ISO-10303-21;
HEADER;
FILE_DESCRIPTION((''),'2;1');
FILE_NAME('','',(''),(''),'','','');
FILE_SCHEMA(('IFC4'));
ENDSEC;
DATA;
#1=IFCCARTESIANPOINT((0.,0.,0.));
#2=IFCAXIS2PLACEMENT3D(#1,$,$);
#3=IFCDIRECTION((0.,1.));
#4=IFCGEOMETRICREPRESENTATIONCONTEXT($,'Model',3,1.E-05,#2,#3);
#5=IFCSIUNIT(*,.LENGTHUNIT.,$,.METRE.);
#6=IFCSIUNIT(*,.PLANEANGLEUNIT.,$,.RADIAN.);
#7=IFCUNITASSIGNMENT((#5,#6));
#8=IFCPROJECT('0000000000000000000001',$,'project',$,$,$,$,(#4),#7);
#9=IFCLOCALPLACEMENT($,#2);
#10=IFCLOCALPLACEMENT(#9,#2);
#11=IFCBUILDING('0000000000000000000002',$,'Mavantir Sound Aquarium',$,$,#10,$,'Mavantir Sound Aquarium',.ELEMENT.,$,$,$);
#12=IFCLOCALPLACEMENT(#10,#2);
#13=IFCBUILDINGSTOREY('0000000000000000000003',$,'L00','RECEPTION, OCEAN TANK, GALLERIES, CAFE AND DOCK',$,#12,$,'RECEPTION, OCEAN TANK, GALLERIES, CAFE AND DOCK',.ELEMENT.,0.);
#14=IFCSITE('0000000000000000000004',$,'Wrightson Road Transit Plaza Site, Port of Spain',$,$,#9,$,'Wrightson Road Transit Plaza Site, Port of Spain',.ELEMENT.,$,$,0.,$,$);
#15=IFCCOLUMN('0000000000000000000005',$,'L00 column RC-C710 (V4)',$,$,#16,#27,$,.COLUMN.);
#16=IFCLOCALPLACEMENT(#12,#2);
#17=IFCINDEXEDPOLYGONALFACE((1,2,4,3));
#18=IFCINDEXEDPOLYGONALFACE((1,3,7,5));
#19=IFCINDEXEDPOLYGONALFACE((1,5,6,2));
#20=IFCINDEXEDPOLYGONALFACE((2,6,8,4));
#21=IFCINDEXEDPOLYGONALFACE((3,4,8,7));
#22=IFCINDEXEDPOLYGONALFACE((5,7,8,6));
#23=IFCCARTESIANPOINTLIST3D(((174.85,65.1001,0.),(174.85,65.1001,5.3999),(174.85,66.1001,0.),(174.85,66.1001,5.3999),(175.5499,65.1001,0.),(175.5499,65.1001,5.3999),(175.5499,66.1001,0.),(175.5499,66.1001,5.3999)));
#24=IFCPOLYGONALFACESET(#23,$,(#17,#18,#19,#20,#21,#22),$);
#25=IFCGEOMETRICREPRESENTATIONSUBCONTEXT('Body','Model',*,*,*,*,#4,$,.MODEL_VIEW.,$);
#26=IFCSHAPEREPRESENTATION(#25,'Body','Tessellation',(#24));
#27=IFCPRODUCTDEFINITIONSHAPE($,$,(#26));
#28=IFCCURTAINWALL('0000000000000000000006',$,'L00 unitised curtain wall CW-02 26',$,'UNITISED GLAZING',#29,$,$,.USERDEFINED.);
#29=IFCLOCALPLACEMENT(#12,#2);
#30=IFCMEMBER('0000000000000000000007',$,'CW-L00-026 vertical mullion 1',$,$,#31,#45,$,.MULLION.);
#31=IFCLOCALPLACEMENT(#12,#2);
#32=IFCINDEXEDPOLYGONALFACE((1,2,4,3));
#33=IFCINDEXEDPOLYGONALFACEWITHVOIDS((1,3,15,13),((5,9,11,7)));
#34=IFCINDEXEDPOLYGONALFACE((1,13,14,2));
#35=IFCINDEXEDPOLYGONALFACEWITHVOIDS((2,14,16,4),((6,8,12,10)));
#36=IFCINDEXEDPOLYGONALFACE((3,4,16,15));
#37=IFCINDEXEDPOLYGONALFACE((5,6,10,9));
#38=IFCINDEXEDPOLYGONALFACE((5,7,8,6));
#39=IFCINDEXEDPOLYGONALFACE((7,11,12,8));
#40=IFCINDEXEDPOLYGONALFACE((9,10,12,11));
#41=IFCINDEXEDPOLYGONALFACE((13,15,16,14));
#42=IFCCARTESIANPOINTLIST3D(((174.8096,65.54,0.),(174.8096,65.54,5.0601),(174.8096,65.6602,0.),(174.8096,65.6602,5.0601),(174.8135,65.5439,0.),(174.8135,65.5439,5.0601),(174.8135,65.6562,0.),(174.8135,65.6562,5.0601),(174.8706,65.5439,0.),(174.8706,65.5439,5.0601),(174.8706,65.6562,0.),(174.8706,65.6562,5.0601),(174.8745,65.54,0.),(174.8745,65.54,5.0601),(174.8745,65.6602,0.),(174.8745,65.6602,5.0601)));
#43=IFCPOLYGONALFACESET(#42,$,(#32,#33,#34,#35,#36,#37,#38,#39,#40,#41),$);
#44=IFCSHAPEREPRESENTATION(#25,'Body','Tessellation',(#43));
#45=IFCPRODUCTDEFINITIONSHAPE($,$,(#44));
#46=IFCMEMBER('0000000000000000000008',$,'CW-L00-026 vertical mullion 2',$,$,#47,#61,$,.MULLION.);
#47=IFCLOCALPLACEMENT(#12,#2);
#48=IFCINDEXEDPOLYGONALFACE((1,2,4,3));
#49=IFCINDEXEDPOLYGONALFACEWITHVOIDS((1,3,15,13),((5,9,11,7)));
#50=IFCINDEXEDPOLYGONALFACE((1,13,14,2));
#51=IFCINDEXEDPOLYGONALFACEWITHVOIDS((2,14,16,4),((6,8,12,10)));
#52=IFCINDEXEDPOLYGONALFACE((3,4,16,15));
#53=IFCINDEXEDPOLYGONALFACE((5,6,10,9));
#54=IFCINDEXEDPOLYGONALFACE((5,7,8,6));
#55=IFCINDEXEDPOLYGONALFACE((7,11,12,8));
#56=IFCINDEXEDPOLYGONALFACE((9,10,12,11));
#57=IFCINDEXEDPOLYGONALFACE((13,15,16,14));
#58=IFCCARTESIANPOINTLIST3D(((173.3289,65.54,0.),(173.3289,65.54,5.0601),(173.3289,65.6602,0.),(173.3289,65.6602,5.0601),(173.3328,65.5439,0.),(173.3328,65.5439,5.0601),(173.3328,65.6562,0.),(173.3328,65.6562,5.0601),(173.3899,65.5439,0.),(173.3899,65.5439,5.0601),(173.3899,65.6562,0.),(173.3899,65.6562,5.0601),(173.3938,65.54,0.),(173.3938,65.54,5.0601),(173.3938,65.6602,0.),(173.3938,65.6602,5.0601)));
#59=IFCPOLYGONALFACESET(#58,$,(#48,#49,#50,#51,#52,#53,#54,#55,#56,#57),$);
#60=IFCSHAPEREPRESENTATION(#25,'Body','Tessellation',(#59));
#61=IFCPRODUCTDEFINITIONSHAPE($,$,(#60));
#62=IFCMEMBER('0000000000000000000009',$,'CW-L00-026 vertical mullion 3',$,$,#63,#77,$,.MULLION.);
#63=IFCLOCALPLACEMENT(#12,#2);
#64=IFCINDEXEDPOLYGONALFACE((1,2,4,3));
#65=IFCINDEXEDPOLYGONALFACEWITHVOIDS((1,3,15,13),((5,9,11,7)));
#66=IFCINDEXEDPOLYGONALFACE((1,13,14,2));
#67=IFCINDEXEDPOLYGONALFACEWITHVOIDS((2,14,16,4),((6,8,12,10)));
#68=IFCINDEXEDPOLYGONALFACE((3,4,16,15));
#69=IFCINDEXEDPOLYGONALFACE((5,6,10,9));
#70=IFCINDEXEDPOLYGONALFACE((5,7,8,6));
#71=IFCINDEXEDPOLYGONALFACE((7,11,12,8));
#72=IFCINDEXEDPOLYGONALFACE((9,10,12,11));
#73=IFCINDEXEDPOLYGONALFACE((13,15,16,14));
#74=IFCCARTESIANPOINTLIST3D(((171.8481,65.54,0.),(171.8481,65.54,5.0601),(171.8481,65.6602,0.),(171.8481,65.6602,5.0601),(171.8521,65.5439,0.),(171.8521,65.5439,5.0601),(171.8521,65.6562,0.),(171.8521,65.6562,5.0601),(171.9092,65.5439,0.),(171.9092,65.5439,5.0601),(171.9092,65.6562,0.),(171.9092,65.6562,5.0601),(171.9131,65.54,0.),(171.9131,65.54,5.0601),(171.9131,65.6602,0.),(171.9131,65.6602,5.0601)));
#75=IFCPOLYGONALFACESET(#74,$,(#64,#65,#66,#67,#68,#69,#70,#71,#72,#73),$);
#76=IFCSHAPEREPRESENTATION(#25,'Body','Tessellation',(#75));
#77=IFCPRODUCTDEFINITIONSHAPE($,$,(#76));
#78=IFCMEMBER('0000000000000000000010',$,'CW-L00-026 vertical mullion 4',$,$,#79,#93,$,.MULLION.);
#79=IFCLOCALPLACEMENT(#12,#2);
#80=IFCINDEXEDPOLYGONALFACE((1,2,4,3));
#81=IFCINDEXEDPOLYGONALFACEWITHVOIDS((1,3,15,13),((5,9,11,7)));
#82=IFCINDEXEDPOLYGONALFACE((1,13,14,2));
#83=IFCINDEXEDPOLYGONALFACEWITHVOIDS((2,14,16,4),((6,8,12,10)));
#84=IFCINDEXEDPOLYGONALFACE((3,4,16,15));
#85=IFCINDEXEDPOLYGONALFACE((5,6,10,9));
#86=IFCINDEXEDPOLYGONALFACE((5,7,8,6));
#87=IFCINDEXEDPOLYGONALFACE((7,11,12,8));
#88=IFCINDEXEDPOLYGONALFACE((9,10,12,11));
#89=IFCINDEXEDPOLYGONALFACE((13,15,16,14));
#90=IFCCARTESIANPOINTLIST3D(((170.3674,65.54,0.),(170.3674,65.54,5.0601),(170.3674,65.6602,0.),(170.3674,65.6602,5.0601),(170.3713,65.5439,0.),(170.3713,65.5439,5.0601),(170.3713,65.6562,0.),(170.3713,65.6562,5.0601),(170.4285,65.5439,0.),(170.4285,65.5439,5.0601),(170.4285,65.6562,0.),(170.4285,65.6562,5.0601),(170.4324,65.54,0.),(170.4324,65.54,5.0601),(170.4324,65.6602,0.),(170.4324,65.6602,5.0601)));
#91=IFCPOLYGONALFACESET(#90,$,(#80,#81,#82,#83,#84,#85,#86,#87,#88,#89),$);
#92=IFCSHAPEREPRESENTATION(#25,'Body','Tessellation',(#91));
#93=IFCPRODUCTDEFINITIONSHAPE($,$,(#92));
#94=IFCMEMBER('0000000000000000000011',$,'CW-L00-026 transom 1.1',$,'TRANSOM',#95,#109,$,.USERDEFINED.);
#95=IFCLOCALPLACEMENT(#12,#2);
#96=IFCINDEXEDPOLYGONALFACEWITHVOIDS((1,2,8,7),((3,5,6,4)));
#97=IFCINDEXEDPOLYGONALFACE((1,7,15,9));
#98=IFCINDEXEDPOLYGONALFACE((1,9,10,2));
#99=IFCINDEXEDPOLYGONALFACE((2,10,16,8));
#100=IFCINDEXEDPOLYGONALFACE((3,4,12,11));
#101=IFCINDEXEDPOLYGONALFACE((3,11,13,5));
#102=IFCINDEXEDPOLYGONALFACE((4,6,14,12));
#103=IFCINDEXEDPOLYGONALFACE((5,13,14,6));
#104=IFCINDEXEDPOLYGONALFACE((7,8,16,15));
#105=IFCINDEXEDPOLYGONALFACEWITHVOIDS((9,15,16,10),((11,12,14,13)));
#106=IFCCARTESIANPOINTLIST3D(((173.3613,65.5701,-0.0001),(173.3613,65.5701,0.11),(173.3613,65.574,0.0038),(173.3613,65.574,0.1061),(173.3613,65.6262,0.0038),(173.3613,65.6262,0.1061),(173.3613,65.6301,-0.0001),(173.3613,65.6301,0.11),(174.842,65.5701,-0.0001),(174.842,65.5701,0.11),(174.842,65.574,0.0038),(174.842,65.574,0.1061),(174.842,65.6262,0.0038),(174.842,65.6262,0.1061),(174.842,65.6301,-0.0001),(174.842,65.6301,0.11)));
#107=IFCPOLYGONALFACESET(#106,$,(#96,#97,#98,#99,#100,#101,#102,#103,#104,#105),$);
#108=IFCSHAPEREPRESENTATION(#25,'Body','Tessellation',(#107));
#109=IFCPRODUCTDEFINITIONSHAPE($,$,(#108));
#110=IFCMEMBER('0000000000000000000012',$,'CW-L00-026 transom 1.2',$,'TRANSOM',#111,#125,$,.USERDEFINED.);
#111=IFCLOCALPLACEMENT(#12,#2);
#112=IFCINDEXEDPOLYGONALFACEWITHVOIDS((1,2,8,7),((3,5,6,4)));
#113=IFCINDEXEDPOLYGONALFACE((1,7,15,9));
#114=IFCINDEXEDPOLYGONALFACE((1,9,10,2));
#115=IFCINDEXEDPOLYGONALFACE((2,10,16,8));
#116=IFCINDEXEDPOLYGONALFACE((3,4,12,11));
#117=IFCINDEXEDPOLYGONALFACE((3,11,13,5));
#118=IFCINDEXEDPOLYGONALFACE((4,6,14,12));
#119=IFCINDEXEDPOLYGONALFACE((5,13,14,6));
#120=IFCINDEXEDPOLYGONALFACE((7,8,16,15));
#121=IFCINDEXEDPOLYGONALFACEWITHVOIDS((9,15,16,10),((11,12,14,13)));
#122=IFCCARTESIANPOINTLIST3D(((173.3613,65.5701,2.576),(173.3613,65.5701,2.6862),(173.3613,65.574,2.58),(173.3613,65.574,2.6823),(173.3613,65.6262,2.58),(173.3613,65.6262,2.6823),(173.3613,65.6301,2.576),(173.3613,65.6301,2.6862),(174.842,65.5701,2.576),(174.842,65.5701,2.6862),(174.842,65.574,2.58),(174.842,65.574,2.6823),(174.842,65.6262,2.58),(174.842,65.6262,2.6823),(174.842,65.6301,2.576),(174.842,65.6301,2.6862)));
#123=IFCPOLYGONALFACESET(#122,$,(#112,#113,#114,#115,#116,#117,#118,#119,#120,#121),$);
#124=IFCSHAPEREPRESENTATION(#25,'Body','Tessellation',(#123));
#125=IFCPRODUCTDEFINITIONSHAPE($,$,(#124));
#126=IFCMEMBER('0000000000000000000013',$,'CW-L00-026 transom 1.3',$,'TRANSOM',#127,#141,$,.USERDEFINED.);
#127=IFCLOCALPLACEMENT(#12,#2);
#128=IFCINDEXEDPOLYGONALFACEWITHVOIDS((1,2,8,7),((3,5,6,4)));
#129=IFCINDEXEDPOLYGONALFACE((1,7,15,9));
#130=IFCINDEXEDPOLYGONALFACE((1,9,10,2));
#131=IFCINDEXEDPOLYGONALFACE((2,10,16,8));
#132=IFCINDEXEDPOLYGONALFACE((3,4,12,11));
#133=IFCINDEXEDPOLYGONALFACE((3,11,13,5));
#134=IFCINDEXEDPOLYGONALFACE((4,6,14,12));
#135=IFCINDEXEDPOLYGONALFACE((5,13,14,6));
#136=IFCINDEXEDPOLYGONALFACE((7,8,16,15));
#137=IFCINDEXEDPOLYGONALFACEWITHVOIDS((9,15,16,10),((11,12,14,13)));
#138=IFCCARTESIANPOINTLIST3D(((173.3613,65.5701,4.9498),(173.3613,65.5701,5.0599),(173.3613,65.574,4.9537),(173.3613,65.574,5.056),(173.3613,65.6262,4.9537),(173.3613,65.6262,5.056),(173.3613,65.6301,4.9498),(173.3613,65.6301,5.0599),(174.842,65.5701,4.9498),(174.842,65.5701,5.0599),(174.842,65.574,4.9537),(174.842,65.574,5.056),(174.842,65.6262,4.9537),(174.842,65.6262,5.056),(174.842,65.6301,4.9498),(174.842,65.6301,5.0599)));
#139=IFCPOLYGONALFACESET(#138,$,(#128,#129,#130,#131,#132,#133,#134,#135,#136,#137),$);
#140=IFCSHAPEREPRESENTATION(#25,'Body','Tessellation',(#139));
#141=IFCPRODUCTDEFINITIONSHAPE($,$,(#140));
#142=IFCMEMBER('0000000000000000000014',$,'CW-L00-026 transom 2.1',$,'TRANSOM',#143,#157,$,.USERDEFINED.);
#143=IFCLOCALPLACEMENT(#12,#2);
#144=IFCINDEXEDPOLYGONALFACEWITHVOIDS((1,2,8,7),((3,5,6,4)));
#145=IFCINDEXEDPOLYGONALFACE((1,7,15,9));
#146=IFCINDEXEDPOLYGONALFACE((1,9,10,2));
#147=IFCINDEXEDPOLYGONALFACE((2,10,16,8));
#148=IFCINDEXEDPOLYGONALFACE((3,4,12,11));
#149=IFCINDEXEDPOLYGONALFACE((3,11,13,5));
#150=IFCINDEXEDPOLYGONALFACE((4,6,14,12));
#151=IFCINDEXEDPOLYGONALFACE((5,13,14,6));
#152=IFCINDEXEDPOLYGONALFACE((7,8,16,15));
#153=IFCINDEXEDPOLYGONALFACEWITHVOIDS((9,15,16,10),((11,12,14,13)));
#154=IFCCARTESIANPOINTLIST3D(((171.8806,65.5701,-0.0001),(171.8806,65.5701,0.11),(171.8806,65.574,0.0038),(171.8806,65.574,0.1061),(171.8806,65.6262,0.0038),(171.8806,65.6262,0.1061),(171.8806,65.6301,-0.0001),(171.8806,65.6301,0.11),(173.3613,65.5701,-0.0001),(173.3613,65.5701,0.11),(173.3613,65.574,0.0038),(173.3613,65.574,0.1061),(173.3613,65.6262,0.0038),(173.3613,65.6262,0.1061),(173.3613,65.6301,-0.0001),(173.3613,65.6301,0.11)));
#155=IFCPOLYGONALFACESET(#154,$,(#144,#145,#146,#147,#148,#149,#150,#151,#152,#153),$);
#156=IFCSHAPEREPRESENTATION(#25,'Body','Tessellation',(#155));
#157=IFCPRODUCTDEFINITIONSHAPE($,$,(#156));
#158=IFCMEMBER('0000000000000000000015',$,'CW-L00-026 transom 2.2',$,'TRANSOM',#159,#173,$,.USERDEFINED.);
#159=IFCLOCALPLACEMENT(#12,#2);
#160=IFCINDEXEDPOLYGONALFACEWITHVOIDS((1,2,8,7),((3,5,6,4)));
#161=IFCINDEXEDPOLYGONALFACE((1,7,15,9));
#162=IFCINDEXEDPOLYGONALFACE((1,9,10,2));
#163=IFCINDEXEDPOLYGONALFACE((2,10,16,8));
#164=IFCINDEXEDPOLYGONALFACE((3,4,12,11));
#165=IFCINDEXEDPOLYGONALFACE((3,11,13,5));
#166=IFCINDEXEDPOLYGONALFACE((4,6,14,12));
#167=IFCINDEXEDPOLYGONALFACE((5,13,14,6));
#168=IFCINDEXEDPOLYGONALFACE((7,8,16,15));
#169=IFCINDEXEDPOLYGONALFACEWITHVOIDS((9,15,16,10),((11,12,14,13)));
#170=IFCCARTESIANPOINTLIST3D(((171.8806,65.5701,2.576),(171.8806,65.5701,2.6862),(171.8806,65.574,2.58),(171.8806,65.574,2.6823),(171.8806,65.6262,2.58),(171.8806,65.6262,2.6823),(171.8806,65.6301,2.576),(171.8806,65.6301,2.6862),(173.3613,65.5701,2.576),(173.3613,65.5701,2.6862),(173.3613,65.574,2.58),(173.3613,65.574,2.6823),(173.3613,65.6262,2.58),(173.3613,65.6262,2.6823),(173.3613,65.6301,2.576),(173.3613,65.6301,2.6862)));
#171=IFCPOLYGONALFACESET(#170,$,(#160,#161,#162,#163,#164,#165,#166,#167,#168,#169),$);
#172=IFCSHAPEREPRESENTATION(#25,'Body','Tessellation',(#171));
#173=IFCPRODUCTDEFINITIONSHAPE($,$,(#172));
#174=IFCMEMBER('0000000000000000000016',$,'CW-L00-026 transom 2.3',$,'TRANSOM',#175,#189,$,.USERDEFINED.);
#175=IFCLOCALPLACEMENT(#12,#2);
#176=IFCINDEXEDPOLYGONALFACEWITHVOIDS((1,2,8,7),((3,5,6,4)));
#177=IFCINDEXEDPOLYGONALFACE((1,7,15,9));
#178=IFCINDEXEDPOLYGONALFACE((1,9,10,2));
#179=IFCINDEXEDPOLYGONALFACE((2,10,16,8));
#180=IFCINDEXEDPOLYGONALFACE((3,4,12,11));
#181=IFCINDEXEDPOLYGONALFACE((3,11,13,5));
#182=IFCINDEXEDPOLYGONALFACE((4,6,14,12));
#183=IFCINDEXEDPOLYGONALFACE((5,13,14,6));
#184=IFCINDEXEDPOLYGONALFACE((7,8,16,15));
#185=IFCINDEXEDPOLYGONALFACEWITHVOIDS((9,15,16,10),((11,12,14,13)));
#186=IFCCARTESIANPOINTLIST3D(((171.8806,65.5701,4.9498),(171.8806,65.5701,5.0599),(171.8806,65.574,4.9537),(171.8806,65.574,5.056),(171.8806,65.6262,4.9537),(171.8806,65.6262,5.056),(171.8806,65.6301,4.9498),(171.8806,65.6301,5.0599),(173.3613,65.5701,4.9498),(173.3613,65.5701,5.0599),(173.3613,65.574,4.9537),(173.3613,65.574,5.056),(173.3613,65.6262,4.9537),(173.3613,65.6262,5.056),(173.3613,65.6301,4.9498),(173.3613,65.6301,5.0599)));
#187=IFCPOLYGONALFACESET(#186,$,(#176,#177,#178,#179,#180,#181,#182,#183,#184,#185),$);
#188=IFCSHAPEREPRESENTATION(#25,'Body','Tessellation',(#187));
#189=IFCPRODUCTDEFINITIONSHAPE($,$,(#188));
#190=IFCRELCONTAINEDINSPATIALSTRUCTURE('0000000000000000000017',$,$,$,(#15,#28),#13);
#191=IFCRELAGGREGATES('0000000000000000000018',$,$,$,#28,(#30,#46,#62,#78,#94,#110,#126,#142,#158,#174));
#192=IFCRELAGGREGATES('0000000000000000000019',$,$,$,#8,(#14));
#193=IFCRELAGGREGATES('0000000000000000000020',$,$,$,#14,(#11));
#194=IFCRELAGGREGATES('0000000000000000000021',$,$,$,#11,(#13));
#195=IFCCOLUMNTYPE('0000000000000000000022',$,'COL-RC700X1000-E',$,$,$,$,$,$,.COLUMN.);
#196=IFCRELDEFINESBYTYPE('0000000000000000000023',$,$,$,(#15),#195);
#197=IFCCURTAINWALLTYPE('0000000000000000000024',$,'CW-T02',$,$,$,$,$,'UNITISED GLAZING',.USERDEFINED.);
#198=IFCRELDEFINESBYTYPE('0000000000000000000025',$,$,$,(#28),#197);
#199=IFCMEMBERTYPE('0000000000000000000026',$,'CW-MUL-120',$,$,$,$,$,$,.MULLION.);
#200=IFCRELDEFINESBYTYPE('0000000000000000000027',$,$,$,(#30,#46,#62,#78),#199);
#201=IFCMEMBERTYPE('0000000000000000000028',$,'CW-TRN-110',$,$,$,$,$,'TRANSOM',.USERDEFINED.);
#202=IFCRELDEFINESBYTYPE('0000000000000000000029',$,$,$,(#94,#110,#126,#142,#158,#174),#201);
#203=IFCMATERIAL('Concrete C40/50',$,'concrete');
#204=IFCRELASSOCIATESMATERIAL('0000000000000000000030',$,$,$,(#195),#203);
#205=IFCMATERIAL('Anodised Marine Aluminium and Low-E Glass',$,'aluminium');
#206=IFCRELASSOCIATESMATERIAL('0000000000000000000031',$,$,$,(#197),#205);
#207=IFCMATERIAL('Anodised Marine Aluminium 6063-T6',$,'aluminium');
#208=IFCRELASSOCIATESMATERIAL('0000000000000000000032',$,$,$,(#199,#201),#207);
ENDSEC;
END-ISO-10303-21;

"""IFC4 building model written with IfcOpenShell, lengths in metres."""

from ifc_helpers import new_model, si_unit, direction, frame, origin, origin_2d, place, context, subcontext, project, spatial, rectangle, hollow_rectangle, extrude, material, material_profile, profile_set, type_object, element, aggregate, save


model = new_model("IFC4")

# Units and contexts
model_context = context("Model", 3, precision=1e-05, world=origin(), true_north=direction((0.0, 1.0)))
body_context = subcontext(model_context, "Body", "Model", "MODEL_VIEW")
ifc_project = project(units=[si_unit("LENGTHUNIT", "METRE"), si_unit("PLANEANGLEUNIT", "RADIAN")], contexts=[model_context])

# Site, building, storey
site_placement = place(None, origin())
site = spatial("IfcSite", under=ifc_project, at=site_placement, Name="Wrightson Road Transit Plaza Site, Port of Spain", LongName="Wrightson Road Transit Plaza Site, Port of Spain", CompositionType="ELEMENT", RefElevation=0.0)
building_placement = place(site_placement, origin())
building = spatial("IfcBuilding", under=site, at=building_placement, Name="Mavantir Sound Aquarium", LongName="Mavantir Sound Aquarium", CompositionType="ELEMENT")
storey_placement = place(building_placement, origin())
storey = spatial("IfcBuildingStorey", under=building, at=storey_placement, Name="L00", Description="RECEPTION, OCEAN TANK, GALLERIES, CAFE AND DOCK", LongName="RECEPTION, OCEAN TANK, GALLERIES, CAFE AND DOCK", CompositionType="ELEMENT", Elevation=0.0)

# Column
ifc_material_1 = material(Name="Concrete C40/50", Category="concrete")
ifc_material_profile_1 = material_profile(ifc_material_1, rectangle(XDim=0.7, YDim=1.0, at=origin_2d()), Name="RC 700X1000")
ifc_profile_set_1 = profile_set([ifc_material_profile_1], Name="Concrete C40/50")
column_type = type_object("IfcColumnType", Name="COL-RC700X1000-E", PredefinedType="COLUMN", material=ifc_profile_set_1)
column_placement = place(storey_placement, frame((175.2, 65.6001, 0.0), z_axis=(0.0, 0.0, 1.0), x_axis=(1.0, 0.0, 0.0)))
element("IfcColumn", 1, at=column_placement, inside=storey, type_object=column_type, Name="L00 column RC-C710 (V4)", PredefinedType="COLUMN", context=body_context, shape_type="SweptSolid", body=[
    extrude(rectangle(XDim=0.7, YDim=1.0, at=origin_2d()), origin(), (0.0, 0.0, 1.0), 5.3999),
])

# Curtain wall, members
ifc_material_2 = material(Name="Anodised Marine Aluminium and Low-E Glass", Category="aluminium")
curtain_wall_type = type_object("IfcCurtainWallType", Name="CW-T02", ElementType="UNITISED GLAZING", PredefinedType="USERDEFINED", material=ifc_material_2)
curtain_wall_placement = place(storey_placement, origin())
curtain_wall = element("IfcCurtainWall", 2, at=curtain_wall_placement, inside=storey, type_object=curtain_wall_type, Name="L00 unitised curtain wall CW-02 26", ObjectType="UNITISED GLAZING", PredefinedType="USERDEFINED")
ifc_material_3 = material(Name="Anodised Marine Aluminium 6063-T6", Category="aluminium")
ifc_material_profile_2 = material_profile(ifc_material_3, hollow_rectangle(XDim=0.0649, YDim=0.1201, WallThickness=0.0039, at=origin_2d()), Name="ALU-MULLION-120X65")
ifc_profile_set_2 = profile_set([ifc_material_profile_2], Name="Anodised Marine Aluminium 6063-T6")
member_type_1 = type_object("IfcMemberType", Name="CW-MUL-120", PredefinedType="MULLION", material=ifc_profile_set_2)
member_1_placement = place(storey_placement, frame((174.842, 65.6001, 0.0), z_axis=(0.0, 0.0, 1.0), x_axis=(1.0, 0.0, 0.0)))
member_1 = element("IfcMember", 3, at=member_1_placement, type_object=member_type_1, Name="CW-L00-026 vertical mullion 1", PredefinedType="MULLION", context=body_context, shape_type="SweptSolid", body=[
    extrude(hollow_rectangle(XDim=0.0649, YDim=0.1201, WallThickness=0.0039, at=origin_2d()), origin(), (0.0, 0.0, 1.0), 5.0601),
])
member_2_placement = place(storey_placement, frame((173.3613, 65.6001, 0.0), z_axis=(0.0, 0.0, 1.0), x_axis=(1.0, 0.0, 0.0)))
member_2 = element("IfcMember", 4, at=member_2_placement, type_object=member_type_1, Name="CW-L00-026 vertical mullion 2", PredefinedType="MULLION", context=body_context, shape_type="SweptSolid", body=[
    extrude(hollow_rectangle(XDim=0.0649, YDim=0.1201, WallThickness=0.0039, at=origin_2d()), origin(), (0.0, 0.0, 1.0), 5.0601),
])
member_3_placement = place(storey_placement, frame((171.8806, 65.6001, 0.0), z_axis=(0.0, 0.0, 1.0), x_axis=(1.0, 0.0, 0.0)))
member_3 = element("IfcMember", 5, at=member_3_placement, type_object=member_type_1, Name="CW-L00-026 vertical mullion 3", PredefinedType="MULLION", context=body_context, shape_type="SweptSolid", body=[
    extrude(hollow_rectangle(XDim=0.0649, YDim=0.1201, WallThickness=0.0039, at=origin_2d()), origin(), (0.0, 0.0, 1.0), 5.0601),
])
member_4_placement = place(storey_placement, frame((170.3999, 65.6001, 0.0), z_axis=(0.0, 0.0, 1.0), x_axis=(1.0, 0.0, 0.0)))
member_4 = element("IfcMember", 6, at=member_4_placement, type_object=member_type_1, Name="CW-L00-026 vertical mullion 4", PredefinedType="MULLION", context=body_context, shape_type="SweptSolid", body=[
    extrude(hollow_rectangle(XDim=0.0649, YDim=0.1201, WallThickness=0.0039, at=origin_2d()), origin(), (0.0, 0.0, 1.0), 5.0601),
])
ifc_material_profile_3 = material_profile(ifc_material_3, hollow_rectangle(XDim=0.0601, YDim=0.1101, WallThickness=0.0039, at=origin_2d()), Name="ALU-TRANSOM-110X60")
ifc_profile_set_3 = profile_set([ifc_material_profile_3], Name="Anodised Marine Aluminium 6063-T6")
member_type_2 = type_object("IfcMemberType", Name="CW-TRN-110", ElementType="TRANSOM", PredefinedType="USERDEFINED", material=ifc_profile_set_3)
member_5_placement = place(storey_placement, frame((174.842, 65.6001, 0.0549), z_axis=(-1.0, 0.0, 0.0), x_axis=(0.0, -1.0, 0.0)))
member_5 = element("IfcMember", 7, at=member_5_placement, type_object=member_type_2, Name="CW-L00-026 transom 1.1", ObjectType="TRANSOM", PredefinedType="USERDEFINED", context=body_context, shape_type="SweptSolid", body=[
    extrude(hollow_rectangle(XDim=0.0601, YDim=0.1101, WallThickness=0.0039, at=origin_2d()), origin(), (0.0, 0.0, 1.0), 1.4807),
])
member_6_placement = place(storey_placement, frame((174.842, 65.6001, 2.6311), z_axis=(-1.0, 0.0, 0.0), x_axis=(0.0, -1.0, 0.0)))
member_6 = element("IfcMember", 8, at=member_6_placement, type_object=member_type_2, Name="CW-L00-026 transom 1.2", ObjectType="TRANSOM", PredefinedType="USERDEFINED", context=body_context, shape_type="SweptSolid", body=[
    extrude(hollow_rectangle(XDim=0.0601, YDim=0.1101, WallThickness=0.0039, at=origin_2d()), origin(), (0.0, 0.0, 1.0), 1.4807),
])
member_7_placement = place(storey_placement, frame((174.842, 65.6001, 5.0049), z_axis=(-1.0, 0.0, 0.0), x_axis=(0.0, -1.0, 0.0)))
member_7 = element("IfcMember", 9, at=member_7_placement, type_object=member_type_2, Name="CW-L00-026 transom 1.3", ObjectType="TRANSOM", PredefinedType="USERDEFINED", context=body_context, shape_type="SweptSolid", body=[
    extrude(hollow_rectangle(XDim=0.0601, YDim=0.1101, WallThickness=0.0039, at=origin_2d()), origin(), (0.0, 0.0, 1.0), 1.4807),
])
member_8_placement = place(storey_placement, frame((173.3613, 65.6001, 0.0549), z_axis=(-1.0, 0.0, 0.0), x_axis=(0.0, -1.0, 0.0)))
member_8 = element("IfcMember", 10, at=member_8_placement, type_object=member_type_2, Name="CW-L00-026 transom 2.1", ObjectType="TRANSOM", PredefinedType="USERDEFINED", context=body_context, shape_type="SweptSolid", body=[
    extrude(hollow_rectangle(XDim=0.0601, YDim=0.1101, WallThickness=0.0039, at=origin_2d()), origin(), (0.0, 0.0, 1.0), 1.4807),
])
member_9_placement = place(storey_placement, frame((173.3613, 65.6001, 2.6311), z_axis=(-1.0, 0.0, 0.0), x_axis=(0.0, -1.0, 0.0)))
member_9 = element("IfcMember", 11, at=member_9_placement, type_object=member_type_2, Name="CW-L00-026 transom 2.2", ObjectType="TRANSOM", PredefinedType="USERDEFINED", context=body_context, shape_type="SweptSolid", body=[
    extrude(hollow_rectangle(XDim=0.0601, YDim=0.1101, WallThickness=0.0039, at=origin_2d()), origin(), (0.0, 0.0, 1.0), 1.4807),
])
member_10_placement = place(storey_placement, frame((173.3613, 65.6001, 5.0049), z_axis=(-1.0, 0.0, 0.0), x_axis=(0.0, -1.0, 0.0)))
member_10 = element("IfcMember", 12, at=member_10_placement, type_object=member_type_2, Name="CW-L00-026 transom 2.3", ObjectType="TRANSOM", PredefinedType="USERDEFINED", context=body_context, shape_type="SweptSolid", body=[
    extrude(hollow_rectangle(XDim=0.0601, YDim=0.1101, WallThickness=0.0039, at=origin_2d()), origin(), (0.0, 0.0, 1.0), 1.4807),
])
aggregate(curtain_wall, [member_1, member_2, member_3, member_4, member_5, member_6, member_7, member_8, member_9, member_10])

save(model, "model.ifc")
